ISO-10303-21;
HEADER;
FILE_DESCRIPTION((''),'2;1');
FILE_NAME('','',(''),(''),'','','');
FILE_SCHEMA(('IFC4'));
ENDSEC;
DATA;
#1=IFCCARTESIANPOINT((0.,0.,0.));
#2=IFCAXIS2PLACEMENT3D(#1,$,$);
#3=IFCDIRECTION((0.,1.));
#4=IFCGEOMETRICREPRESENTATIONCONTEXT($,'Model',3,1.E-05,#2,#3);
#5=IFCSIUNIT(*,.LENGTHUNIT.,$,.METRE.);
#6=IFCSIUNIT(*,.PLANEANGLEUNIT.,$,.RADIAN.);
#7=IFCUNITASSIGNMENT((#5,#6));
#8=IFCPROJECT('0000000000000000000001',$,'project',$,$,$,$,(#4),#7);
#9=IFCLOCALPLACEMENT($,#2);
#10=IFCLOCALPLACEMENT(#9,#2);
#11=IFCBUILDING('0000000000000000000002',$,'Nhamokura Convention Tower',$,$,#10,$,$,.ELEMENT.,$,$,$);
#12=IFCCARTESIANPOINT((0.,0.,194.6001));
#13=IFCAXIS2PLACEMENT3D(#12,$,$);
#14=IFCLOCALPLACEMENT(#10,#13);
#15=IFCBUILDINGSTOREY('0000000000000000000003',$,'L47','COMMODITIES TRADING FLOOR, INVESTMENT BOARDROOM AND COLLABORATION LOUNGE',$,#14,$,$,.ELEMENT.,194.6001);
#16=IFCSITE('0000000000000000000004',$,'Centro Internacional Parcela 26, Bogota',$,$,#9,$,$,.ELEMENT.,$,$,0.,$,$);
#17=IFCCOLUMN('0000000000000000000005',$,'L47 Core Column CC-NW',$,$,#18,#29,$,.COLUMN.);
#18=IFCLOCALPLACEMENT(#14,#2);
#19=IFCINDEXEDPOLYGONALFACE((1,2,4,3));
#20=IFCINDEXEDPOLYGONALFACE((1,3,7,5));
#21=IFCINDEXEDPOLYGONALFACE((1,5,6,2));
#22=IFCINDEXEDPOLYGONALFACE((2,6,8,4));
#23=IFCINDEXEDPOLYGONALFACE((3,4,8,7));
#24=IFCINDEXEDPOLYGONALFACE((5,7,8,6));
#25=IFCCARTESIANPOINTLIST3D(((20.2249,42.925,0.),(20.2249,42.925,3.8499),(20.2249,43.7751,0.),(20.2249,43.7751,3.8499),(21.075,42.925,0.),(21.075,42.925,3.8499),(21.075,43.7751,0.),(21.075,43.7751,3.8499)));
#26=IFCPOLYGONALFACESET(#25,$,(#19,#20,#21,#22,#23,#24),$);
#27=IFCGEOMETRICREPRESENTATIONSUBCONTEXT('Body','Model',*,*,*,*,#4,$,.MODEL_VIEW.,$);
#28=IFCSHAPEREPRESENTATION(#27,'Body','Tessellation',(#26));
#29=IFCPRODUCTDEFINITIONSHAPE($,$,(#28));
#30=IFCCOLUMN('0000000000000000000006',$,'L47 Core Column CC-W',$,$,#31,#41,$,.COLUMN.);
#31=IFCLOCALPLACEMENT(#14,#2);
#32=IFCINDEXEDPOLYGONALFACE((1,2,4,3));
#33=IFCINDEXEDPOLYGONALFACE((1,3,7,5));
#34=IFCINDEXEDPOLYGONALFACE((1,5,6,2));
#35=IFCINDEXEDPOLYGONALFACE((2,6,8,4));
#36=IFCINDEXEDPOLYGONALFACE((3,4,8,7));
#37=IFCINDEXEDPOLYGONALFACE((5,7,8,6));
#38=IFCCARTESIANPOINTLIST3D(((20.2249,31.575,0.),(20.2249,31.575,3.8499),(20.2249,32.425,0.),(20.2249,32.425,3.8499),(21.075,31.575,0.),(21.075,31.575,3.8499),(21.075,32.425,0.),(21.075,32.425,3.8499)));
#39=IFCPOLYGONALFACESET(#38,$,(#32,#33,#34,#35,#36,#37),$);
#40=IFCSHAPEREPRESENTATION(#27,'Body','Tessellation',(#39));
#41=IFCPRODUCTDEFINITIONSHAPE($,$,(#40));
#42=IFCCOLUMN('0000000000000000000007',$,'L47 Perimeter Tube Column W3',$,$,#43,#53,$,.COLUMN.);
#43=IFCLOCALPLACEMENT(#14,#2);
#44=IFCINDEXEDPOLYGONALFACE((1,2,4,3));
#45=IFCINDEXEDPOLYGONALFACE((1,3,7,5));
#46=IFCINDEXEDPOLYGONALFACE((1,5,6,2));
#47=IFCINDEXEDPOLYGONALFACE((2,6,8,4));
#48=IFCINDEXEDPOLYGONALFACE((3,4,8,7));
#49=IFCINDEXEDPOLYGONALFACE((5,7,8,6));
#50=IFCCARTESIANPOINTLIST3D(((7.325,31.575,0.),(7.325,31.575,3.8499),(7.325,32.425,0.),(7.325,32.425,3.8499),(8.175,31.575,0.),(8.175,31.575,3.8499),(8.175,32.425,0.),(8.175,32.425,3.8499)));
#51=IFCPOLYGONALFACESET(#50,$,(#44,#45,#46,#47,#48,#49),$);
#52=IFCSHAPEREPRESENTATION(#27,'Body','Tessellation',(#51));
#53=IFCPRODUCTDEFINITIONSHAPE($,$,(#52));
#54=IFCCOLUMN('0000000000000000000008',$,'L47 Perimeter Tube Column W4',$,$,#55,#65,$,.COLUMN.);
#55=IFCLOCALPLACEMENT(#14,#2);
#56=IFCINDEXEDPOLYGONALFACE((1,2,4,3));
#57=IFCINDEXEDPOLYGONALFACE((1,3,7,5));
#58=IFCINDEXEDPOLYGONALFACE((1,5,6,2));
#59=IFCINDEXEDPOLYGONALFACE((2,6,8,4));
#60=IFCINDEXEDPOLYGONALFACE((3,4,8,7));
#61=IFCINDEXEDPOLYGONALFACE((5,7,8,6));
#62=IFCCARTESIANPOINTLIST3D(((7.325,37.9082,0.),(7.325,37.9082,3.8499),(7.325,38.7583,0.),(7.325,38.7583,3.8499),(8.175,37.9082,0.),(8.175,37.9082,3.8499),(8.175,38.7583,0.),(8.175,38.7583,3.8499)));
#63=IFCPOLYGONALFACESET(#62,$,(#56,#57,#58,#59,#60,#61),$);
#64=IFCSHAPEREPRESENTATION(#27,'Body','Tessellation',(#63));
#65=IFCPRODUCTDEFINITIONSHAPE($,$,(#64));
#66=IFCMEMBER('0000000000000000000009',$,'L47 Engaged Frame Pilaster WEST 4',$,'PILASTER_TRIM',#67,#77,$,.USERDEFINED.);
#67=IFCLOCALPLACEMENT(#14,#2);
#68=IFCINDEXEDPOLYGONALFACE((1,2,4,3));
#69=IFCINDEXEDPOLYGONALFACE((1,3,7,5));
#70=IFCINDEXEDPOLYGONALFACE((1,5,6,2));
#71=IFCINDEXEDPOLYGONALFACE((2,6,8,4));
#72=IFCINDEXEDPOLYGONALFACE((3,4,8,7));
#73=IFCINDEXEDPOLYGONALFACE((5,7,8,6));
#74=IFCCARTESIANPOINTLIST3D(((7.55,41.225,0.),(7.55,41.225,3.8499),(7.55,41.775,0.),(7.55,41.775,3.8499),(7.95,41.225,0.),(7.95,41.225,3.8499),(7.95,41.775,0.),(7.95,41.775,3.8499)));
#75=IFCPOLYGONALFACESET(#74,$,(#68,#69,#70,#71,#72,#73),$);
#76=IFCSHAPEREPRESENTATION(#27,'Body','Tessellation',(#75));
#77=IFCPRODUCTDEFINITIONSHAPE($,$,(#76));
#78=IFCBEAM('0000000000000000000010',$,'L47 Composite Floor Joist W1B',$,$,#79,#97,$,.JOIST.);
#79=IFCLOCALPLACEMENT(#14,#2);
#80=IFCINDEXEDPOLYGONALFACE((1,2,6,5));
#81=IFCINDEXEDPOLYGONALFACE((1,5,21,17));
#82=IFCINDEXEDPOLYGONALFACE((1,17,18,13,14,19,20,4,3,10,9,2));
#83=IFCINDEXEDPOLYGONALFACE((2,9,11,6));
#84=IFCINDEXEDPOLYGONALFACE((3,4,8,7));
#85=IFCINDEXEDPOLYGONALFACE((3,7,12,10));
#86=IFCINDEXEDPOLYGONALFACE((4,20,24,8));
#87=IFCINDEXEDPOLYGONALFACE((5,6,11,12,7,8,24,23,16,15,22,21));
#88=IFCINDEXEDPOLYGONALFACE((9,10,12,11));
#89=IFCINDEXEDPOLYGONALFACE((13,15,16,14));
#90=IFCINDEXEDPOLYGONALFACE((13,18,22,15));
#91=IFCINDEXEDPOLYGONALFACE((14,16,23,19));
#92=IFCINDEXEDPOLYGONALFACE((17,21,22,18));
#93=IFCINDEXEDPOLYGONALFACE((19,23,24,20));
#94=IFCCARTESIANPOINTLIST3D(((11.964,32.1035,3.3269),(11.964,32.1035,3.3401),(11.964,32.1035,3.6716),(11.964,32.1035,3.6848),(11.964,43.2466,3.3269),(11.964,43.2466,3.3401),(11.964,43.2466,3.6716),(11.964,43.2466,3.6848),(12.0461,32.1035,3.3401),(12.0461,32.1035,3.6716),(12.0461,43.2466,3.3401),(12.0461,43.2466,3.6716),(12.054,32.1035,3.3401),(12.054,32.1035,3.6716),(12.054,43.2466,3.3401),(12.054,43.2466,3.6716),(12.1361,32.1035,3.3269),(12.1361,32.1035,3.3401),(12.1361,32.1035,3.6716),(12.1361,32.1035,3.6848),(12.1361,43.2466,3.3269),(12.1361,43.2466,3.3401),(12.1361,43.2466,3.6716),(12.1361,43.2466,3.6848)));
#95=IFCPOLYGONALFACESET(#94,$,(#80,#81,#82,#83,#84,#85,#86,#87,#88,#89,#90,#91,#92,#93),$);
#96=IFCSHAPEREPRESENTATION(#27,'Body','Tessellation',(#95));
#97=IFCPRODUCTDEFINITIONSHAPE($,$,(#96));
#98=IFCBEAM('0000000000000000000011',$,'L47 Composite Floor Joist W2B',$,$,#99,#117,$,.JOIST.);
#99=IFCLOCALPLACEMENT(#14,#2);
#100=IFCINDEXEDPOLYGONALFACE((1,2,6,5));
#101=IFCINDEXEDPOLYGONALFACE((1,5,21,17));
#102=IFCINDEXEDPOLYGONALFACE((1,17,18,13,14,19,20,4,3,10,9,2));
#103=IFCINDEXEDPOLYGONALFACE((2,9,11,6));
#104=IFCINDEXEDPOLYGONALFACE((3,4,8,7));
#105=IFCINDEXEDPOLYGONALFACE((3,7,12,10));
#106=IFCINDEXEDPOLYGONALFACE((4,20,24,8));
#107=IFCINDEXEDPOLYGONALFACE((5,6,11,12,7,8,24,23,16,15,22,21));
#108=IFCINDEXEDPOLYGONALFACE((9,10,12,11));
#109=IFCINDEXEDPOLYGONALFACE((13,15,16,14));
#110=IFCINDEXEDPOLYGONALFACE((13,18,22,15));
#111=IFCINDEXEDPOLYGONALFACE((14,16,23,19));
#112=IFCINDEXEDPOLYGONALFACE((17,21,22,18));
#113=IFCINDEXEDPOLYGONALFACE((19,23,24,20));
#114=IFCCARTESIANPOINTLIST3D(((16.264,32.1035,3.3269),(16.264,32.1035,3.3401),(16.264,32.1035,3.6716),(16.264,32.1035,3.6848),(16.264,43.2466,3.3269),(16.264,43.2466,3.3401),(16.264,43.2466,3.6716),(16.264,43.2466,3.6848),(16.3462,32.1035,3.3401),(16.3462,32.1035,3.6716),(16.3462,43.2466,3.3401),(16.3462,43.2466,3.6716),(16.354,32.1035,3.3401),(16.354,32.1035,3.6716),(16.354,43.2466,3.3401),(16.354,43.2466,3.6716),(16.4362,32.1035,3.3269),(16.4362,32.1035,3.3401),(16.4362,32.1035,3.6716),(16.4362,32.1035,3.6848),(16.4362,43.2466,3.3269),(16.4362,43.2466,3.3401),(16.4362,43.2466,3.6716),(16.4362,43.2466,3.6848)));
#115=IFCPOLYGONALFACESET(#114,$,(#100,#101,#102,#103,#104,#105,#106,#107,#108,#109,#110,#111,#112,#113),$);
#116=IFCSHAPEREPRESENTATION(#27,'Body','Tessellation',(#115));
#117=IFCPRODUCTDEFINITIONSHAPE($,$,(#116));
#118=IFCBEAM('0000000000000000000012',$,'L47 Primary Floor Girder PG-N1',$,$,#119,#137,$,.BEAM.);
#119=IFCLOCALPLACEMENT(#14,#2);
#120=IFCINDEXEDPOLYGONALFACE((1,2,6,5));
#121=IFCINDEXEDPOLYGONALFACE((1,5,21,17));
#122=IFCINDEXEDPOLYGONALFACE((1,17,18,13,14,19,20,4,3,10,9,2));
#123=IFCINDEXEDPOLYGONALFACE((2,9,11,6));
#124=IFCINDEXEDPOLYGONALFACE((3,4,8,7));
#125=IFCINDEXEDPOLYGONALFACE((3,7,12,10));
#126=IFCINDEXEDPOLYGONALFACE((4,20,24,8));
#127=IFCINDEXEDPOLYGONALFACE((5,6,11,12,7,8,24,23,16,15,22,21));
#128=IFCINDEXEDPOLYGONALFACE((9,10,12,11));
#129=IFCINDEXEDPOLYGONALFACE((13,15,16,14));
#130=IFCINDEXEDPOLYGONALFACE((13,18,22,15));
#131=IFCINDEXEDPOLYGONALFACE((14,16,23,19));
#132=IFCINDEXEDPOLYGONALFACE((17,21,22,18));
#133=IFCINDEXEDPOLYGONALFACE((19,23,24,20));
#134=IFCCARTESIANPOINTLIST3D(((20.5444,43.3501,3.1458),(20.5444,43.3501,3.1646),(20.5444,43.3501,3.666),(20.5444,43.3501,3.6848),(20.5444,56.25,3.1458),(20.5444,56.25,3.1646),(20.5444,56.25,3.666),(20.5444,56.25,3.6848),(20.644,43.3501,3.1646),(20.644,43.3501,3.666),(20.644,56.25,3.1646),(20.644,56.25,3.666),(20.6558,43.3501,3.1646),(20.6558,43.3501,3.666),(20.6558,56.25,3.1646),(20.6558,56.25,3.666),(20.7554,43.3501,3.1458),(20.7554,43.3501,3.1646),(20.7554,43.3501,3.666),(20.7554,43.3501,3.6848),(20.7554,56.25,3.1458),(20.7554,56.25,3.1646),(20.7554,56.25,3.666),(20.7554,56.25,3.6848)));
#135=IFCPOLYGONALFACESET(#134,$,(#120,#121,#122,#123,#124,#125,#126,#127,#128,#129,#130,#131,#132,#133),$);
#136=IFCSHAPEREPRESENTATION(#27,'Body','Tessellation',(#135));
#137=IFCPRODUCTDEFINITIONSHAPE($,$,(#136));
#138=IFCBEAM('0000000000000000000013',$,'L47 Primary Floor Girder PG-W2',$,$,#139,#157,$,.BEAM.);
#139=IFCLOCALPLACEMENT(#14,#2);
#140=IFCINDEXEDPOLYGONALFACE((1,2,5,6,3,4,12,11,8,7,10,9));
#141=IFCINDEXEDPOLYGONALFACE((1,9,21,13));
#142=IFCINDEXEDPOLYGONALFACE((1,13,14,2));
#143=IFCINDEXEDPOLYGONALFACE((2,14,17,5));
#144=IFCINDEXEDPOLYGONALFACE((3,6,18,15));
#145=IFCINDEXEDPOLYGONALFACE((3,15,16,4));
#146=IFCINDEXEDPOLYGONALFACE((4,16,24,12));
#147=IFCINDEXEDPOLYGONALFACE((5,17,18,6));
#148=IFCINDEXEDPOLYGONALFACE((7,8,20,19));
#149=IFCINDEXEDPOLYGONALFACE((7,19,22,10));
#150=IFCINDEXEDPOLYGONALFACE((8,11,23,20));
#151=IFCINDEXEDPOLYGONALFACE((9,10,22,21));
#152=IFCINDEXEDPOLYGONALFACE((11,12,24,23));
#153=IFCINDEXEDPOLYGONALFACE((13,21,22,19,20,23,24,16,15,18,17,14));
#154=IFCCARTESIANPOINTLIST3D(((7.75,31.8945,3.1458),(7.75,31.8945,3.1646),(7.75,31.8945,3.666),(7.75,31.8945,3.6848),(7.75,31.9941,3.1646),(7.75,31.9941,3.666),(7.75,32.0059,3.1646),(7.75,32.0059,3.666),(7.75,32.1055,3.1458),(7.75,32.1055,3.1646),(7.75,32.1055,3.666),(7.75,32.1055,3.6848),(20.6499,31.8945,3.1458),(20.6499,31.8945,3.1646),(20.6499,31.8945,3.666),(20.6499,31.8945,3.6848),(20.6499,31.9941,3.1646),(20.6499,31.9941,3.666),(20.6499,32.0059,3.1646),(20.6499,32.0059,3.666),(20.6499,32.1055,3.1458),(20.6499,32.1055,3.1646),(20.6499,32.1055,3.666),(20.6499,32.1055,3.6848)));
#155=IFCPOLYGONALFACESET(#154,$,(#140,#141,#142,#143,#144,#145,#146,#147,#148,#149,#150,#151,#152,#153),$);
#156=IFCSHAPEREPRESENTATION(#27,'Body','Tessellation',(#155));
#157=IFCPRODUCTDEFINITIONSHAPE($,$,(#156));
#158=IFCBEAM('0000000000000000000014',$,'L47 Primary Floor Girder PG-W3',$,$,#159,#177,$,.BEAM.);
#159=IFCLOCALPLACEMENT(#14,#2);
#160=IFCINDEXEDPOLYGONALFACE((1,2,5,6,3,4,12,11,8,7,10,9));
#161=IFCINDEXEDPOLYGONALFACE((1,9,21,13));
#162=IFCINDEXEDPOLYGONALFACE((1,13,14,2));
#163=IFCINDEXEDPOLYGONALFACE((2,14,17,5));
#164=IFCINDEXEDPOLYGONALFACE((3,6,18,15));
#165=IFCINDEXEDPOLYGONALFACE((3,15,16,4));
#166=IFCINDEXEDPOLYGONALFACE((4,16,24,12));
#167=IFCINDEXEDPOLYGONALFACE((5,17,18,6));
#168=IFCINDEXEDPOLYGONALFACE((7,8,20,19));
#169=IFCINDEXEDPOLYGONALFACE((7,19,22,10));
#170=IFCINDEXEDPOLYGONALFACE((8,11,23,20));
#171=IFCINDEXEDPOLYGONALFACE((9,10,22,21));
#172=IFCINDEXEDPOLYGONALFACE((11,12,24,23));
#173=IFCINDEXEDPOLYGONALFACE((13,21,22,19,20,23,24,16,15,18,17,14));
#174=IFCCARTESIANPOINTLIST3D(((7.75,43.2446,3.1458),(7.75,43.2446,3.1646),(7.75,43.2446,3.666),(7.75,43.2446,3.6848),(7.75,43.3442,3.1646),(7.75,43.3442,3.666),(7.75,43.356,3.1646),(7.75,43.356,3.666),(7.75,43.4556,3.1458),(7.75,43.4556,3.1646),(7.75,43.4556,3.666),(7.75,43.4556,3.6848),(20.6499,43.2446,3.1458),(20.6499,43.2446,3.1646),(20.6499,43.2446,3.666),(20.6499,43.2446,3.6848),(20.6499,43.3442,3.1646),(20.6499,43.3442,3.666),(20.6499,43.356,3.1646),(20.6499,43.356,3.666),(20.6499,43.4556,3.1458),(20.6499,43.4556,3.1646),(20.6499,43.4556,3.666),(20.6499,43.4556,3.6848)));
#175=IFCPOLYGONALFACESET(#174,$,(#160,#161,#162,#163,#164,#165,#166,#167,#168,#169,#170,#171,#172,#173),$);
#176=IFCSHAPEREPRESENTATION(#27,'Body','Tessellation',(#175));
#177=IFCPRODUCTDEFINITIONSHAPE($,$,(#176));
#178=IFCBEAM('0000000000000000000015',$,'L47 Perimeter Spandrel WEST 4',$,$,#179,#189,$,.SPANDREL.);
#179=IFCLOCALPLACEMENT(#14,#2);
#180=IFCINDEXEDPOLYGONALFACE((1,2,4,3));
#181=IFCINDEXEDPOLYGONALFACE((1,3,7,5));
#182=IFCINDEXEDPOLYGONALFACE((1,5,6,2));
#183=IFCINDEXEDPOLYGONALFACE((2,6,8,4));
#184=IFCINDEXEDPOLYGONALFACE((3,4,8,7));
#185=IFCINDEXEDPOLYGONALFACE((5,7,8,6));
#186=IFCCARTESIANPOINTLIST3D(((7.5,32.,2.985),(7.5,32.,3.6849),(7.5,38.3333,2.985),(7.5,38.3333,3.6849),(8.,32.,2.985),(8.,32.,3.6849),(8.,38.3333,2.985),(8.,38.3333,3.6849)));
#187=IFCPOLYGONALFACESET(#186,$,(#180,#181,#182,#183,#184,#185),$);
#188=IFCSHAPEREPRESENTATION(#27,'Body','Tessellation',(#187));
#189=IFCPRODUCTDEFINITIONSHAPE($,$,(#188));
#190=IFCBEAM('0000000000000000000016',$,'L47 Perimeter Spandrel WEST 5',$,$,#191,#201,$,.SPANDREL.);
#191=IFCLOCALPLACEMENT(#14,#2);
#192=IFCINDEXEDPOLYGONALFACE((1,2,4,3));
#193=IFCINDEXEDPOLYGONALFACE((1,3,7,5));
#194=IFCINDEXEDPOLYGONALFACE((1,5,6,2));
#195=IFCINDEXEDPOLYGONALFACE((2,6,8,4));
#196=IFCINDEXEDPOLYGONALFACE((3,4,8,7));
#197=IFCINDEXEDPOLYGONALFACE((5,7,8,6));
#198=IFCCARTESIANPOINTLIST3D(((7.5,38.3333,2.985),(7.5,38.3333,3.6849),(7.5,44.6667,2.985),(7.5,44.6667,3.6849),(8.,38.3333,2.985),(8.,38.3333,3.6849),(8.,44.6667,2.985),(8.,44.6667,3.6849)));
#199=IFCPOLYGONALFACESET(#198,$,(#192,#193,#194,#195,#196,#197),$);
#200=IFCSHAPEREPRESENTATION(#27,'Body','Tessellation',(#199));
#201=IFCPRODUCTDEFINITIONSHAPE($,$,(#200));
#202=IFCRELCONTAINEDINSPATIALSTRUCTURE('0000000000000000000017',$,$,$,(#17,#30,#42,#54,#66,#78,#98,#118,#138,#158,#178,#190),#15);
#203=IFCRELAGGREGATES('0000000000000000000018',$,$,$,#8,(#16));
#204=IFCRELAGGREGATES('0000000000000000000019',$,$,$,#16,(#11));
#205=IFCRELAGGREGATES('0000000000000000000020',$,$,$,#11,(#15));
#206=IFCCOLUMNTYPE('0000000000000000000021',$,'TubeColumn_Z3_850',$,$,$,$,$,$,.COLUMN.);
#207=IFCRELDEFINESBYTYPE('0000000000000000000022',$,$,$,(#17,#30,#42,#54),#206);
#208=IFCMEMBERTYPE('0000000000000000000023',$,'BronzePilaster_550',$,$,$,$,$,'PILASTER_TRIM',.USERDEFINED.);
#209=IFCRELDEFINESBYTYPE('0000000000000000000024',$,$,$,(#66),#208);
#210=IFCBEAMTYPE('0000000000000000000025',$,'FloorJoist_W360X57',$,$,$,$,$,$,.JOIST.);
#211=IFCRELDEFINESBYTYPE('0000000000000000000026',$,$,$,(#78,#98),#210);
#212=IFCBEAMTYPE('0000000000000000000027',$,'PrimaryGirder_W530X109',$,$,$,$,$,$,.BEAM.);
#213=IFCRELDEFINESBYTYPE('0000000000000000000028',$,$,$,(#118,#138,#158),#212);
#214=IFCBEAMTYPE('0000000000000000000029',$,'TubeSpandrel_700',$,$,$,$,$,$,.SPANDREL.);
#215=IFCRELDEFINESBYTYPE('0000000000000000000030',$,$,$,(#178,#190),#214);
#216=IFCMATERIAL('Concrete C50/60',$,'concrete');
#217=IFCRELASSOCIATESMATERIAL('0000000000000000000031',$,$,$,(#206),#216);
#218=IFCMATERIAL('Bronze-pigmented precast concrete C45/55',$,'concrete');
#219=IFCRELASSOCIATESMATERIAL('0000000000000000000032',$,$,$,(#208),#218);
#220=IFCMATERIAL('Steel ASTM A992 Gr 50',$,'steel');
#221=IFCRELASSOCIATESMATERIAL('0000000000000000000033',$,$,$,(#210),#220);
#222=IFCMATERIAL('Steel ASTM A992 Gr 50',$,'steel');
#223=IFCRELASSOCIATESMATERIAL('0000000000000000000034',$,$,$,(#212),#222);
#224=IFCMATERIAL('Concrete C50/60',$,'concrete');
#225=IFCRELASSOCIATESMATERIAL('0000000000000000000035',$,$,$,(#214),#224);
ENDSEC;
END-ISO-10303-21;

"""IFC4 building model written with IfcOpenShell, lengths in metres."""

from ifc_helpers import new_model, si_unit, direction, frame, origin, origin_2d, place, context, subcontext, project, spatial, rectangle, i_section, extrude, material, material_profile, profile_set, type_object, element, save


model = new_model("IFC4")

# Units and contexts
model_context = context("Model", 3, precision=1e-05, world=origin(), true_north=direction((0.0, 1.0)))
body_context = subcontext(model_context, "Body", "Model", "MODEL_VIEW")
ifc_project = project(units=[si_unit("LENGTHUNIT", "METRE"), si_unit("PLANEANGLEUNIT", "RADIAN")], contexts=[model_context])

# Site, building, storey
site_placement = place(None, origin())
site = spatial("IfcSite", under=ifc_project, at=site_placement, Name="Centro Internacional Parcela 26, Bogota", CompositionType="ELEMENT", RefElevation=0.0)
building_placement = place(site_placement, origin())
building = spatial("IfcBuilding", under=site, at=building_placement, Name="Nhamokura Convention Tower", CompositionType="ELEMENT")
storey_placement = place(building_placement, frame((0.0, 0.0, 194.6001)))
storey = spatial("IfcBuildingStorey", under=building, at=storey_placement, Name="L47", Description="COMMODITIES TRADING FLOOR, INVESTMENT BOARDROOM AND COLLABORATION LOUNGE", CompositionType="ELEMENT", Elevation=194.6001)

# Columns
ifc_material_1 = material(Name="Concrete C50/60", Category="concrete")
ifc_material_profile_1 = material_profile(ifc_material_1, rectangle(XDim=0.8501, YDim=0.8501, at=origin_2d()))
ifc_profile_set_1 = profile_set([ifc_material_profile_1], Name="Concrete C50/60")
column_type = type_object("IfcColumnType", Name="TubeColumn_Z3_850", PredefinedType="COLUMN", material=ifc_profile_set_1)
for number, where, z_axis, x_axis, name in (
    (1, (20.6499, 43.3501, 0.0), (0.0, 0.0, 1.0), (1.0, 0.0, 0.0), "L47 Core Column CC-NW"),
    (2, (20.6499, 32.0, 0.0), (0.0, 0.0, 1.0), (1.0, 0.0, 0.0), "L47 Core Column CC-W"),
    (3, (7.75, 32.0, 0.0), (0.0, 0.0, 1.0), (1.0, 0.0, 0.0), "L47 Perimeter Tube Column W3"),
    (4, (7.75, 38.3333, 0.0), (0.0, 0.0, 1.0), (1.0, 0.0, 0.0), "L47 Perimeter Tube Column W4"),
):
    element("IfcColumn", number, at=place(storey_placement, frame(where, z_axis=z_axis, x_axis=x_axis)), inside=storey, type_object=column_type, Name=name, PredefinedType="COLUMN", context=body_context, shape_type="SweptSolid", body=[
        extrude(rectangle(XDim=0.8501, YDim=0.8501, at=origin_2d()), origin(), (0.0, 0.0, 1.0), 3.8499),
    ])

# Member
ifc_material_2 = material(Name="Bronze-pigmented precast concrete C45/55", Category="concrete")
ifc_material_profile_2 = material_profile(ifc_material_2, rectangle(XDim=0.3999, YDim=0.55, at=origin_2d()))
ifc_profile_set_2 = profile_set([ifc_material_profile_2], Name="Bronze-pigmented precast concrete C45/55")
member_type = type_object("IfcMemberType", Name="BronzePilaster_550", ElementType="PILASTER_TRIM", PredefinedType="USERDEFINED", material=ifc_profile_set_2)
member_placement = place(storey_placement, frame((7.75, 41.5, 0.0), z_axis=(0.0, 0.0, 1.0), x_axis=(1.0, 0.0, 0.0)))
element("IfcMember", 5, at=member_placement, inside=storey, type_object=member_type, Name="L47 Engaged Frame Pilaster WEST 4", ObjectType="PILASTER_TRIM", PredefinedType="USERDEFINED", context=body_context, shape_type="SweptSolid", body=[
    extrude(rectangle(XDim=0.3999, YDim=0.55, at=origin_2d()), origin(), (0.0, 0.0, 1.0), 3.8499),
])

# Beams
ifc_material_3 = material(Name="Steel ASTM A992 Gr 50", Category="steel")
ifc_material_profile_3 = material_profile(ifc_material_3, i_section(OverallWidth=0.1721, OverallDepth=0.3579, WebThickness=0.0078, FlangeThickness=0.0132, at=origin_2d()))
ifc_profile_set_3 = profile_set([ifc_material_profile_3], Name="Steel ASTM A992 Gr 50")
beam_type_1 = type_object("IfcBeamType", Name="FloorJoist_W360X57", PredefinedType="JOIST", material=ifc_profile_set_3)
for number, where, z_axis, x_axis, name in (
    (6, (12.05, 32.1035, 3.5059), (0.0, 1.0, 0.0), (-1.0, 0.0, 0.0), "L47 Composite Floor Joist W1B"),
    (7, (16.3501, 32.1035, 3.5059), (0.0, 1.0, 0.0), (-1.0, 0.0, 0.0), "L47 Composite Floor Joist W2B"),
):
    element("IfcBeam", number, at=place(storey_placement, frame(where, z_axis=z_axis, x_axis=x_axis)), inside=storey, type_object=beam_type_1, Name=name, PredefinedType="JOIST", context=body_context, shape_type="SweptSolid", body=[
        extrude(i_section(OverallWidth=0.1721, OverallDepth=0.3579, WebThickness=0.0078, FlangeThickness=0.0132, at=origin_2d()), origin(), (0.0, 0.0, 1.0), 11.1431),
    ])
ifc_material_4 = material(Name="Steel ASTM A992 Gr 50", Category="steel")
ifc_material_profile_4 = material_profile(ifc_material_4, i_section(OverallWidth=0.2109, OverallDepth=0.5391, WebThickness=0.0117, FlangeThickness=0.0188, at=origin_2d()))
ifc_profile_set_4 = profile_set([ifc_material_profile_4], Name="Steel ASTM A992 Gr 50")
beam_type_2 = type_object("IfcBeamType", Name="PrimaryGirder_W530X109", PredefinedType="BEAM", material=ifc_profile_set_4)
for number, where, z_axis, x_axis, name in (
    (8, (20.6499, 43.3501, 3.4153), (0.0, 1.0, 0.0), (-1.0, 0.0, 0.0), "L47 Primary Floor Girder PG-N1"),
    (9, (7.75, 32.0, 3.4153), (1.0, 0.0, 0.0), (0.0, 1.0, 0.0), "L47 Primary Floor Girder PG-W2"),
    (10, (7.75, 43.3501, 3.4153), (1.0, 0.0, 0.0), (0.0, 1.0, 0.0), "L47 Primary Floor Girder PG-W3"),
):
    element("IfcBeam", number, at=place(storey_placement, frame(where, z_axis=z_axis, x_axis=x_axis)), inside=storey, type_object=beam_type_2, Name=name, PredefinedType="BEAM", context=body_context, shape_type="SweptSolid", body=[
        extrude(i_section(OverallWidth=0.2109, OverallDepth=0.5391, WebThickness=0.0117, FlangeThickness=0.0188, at=origin_2d()), origin(), (0.0, 0.0, 1.0), 12.8999),
    ])
ifc_material_5 = material(Name="Concrete C50/60", Category="concrete")
ifc_material_profile_5 = material_profile(ifc_material_5, rectangle(XDim=0.5, YDim=0.7, at=origin_2d()))
ifc_profile_set_5 = profile_set([ifc_material_profile_5], Name="Concrete C50/60")
beam_type_3 = type_object("IfcBeamType", Name="TubeSpandrel_700", PredefinedType="SPANDREL", material=ifc_profile_set_5)
beam_1_placement = place(storey_placement, frame((7.75, 32.0, 3.335), z_axis=(0.0, 1.0, 0.0), x_axis=(-1.0, 0.0, 0.0)))
element("IfcBeam", 11, at=beam_1_placement, inside=storey, type_object=beam_type_3, Name="L47 Perimeter Spandrel WEST 4", PredefinedType="SPANDREL", context=body_context, shape_type="SweptSolid", body=[
    extrude(rectangle(XDim=0.5, YDim=0.7, at=origin_2d()), origin(), (0.0, 0.0, 1.0), 6.3333),
])
beam_2_placement = place(storey_placement, frame((7.75, 38.3333, 3.335), z_axis=(0.0, 1.0, 0.0), x_axis=(-1.0, 0.0, 0.0)))
element("IfcBeam", 12, at=beam_2_placement, inside=storey, type_object=beam_type_3, Name="L47 Perimeter Spandrel WEST 5", PredefinedType="SPANDREL", context=body_context, shape_type="SweptSolid", body=[
    extrude(rectangle(XDim=0.5, YDim=0.7, at=origin_2d()), origin(), (0.0, 0.0, 1.0), 6.3335),
])

save(model, "model.ifc")
